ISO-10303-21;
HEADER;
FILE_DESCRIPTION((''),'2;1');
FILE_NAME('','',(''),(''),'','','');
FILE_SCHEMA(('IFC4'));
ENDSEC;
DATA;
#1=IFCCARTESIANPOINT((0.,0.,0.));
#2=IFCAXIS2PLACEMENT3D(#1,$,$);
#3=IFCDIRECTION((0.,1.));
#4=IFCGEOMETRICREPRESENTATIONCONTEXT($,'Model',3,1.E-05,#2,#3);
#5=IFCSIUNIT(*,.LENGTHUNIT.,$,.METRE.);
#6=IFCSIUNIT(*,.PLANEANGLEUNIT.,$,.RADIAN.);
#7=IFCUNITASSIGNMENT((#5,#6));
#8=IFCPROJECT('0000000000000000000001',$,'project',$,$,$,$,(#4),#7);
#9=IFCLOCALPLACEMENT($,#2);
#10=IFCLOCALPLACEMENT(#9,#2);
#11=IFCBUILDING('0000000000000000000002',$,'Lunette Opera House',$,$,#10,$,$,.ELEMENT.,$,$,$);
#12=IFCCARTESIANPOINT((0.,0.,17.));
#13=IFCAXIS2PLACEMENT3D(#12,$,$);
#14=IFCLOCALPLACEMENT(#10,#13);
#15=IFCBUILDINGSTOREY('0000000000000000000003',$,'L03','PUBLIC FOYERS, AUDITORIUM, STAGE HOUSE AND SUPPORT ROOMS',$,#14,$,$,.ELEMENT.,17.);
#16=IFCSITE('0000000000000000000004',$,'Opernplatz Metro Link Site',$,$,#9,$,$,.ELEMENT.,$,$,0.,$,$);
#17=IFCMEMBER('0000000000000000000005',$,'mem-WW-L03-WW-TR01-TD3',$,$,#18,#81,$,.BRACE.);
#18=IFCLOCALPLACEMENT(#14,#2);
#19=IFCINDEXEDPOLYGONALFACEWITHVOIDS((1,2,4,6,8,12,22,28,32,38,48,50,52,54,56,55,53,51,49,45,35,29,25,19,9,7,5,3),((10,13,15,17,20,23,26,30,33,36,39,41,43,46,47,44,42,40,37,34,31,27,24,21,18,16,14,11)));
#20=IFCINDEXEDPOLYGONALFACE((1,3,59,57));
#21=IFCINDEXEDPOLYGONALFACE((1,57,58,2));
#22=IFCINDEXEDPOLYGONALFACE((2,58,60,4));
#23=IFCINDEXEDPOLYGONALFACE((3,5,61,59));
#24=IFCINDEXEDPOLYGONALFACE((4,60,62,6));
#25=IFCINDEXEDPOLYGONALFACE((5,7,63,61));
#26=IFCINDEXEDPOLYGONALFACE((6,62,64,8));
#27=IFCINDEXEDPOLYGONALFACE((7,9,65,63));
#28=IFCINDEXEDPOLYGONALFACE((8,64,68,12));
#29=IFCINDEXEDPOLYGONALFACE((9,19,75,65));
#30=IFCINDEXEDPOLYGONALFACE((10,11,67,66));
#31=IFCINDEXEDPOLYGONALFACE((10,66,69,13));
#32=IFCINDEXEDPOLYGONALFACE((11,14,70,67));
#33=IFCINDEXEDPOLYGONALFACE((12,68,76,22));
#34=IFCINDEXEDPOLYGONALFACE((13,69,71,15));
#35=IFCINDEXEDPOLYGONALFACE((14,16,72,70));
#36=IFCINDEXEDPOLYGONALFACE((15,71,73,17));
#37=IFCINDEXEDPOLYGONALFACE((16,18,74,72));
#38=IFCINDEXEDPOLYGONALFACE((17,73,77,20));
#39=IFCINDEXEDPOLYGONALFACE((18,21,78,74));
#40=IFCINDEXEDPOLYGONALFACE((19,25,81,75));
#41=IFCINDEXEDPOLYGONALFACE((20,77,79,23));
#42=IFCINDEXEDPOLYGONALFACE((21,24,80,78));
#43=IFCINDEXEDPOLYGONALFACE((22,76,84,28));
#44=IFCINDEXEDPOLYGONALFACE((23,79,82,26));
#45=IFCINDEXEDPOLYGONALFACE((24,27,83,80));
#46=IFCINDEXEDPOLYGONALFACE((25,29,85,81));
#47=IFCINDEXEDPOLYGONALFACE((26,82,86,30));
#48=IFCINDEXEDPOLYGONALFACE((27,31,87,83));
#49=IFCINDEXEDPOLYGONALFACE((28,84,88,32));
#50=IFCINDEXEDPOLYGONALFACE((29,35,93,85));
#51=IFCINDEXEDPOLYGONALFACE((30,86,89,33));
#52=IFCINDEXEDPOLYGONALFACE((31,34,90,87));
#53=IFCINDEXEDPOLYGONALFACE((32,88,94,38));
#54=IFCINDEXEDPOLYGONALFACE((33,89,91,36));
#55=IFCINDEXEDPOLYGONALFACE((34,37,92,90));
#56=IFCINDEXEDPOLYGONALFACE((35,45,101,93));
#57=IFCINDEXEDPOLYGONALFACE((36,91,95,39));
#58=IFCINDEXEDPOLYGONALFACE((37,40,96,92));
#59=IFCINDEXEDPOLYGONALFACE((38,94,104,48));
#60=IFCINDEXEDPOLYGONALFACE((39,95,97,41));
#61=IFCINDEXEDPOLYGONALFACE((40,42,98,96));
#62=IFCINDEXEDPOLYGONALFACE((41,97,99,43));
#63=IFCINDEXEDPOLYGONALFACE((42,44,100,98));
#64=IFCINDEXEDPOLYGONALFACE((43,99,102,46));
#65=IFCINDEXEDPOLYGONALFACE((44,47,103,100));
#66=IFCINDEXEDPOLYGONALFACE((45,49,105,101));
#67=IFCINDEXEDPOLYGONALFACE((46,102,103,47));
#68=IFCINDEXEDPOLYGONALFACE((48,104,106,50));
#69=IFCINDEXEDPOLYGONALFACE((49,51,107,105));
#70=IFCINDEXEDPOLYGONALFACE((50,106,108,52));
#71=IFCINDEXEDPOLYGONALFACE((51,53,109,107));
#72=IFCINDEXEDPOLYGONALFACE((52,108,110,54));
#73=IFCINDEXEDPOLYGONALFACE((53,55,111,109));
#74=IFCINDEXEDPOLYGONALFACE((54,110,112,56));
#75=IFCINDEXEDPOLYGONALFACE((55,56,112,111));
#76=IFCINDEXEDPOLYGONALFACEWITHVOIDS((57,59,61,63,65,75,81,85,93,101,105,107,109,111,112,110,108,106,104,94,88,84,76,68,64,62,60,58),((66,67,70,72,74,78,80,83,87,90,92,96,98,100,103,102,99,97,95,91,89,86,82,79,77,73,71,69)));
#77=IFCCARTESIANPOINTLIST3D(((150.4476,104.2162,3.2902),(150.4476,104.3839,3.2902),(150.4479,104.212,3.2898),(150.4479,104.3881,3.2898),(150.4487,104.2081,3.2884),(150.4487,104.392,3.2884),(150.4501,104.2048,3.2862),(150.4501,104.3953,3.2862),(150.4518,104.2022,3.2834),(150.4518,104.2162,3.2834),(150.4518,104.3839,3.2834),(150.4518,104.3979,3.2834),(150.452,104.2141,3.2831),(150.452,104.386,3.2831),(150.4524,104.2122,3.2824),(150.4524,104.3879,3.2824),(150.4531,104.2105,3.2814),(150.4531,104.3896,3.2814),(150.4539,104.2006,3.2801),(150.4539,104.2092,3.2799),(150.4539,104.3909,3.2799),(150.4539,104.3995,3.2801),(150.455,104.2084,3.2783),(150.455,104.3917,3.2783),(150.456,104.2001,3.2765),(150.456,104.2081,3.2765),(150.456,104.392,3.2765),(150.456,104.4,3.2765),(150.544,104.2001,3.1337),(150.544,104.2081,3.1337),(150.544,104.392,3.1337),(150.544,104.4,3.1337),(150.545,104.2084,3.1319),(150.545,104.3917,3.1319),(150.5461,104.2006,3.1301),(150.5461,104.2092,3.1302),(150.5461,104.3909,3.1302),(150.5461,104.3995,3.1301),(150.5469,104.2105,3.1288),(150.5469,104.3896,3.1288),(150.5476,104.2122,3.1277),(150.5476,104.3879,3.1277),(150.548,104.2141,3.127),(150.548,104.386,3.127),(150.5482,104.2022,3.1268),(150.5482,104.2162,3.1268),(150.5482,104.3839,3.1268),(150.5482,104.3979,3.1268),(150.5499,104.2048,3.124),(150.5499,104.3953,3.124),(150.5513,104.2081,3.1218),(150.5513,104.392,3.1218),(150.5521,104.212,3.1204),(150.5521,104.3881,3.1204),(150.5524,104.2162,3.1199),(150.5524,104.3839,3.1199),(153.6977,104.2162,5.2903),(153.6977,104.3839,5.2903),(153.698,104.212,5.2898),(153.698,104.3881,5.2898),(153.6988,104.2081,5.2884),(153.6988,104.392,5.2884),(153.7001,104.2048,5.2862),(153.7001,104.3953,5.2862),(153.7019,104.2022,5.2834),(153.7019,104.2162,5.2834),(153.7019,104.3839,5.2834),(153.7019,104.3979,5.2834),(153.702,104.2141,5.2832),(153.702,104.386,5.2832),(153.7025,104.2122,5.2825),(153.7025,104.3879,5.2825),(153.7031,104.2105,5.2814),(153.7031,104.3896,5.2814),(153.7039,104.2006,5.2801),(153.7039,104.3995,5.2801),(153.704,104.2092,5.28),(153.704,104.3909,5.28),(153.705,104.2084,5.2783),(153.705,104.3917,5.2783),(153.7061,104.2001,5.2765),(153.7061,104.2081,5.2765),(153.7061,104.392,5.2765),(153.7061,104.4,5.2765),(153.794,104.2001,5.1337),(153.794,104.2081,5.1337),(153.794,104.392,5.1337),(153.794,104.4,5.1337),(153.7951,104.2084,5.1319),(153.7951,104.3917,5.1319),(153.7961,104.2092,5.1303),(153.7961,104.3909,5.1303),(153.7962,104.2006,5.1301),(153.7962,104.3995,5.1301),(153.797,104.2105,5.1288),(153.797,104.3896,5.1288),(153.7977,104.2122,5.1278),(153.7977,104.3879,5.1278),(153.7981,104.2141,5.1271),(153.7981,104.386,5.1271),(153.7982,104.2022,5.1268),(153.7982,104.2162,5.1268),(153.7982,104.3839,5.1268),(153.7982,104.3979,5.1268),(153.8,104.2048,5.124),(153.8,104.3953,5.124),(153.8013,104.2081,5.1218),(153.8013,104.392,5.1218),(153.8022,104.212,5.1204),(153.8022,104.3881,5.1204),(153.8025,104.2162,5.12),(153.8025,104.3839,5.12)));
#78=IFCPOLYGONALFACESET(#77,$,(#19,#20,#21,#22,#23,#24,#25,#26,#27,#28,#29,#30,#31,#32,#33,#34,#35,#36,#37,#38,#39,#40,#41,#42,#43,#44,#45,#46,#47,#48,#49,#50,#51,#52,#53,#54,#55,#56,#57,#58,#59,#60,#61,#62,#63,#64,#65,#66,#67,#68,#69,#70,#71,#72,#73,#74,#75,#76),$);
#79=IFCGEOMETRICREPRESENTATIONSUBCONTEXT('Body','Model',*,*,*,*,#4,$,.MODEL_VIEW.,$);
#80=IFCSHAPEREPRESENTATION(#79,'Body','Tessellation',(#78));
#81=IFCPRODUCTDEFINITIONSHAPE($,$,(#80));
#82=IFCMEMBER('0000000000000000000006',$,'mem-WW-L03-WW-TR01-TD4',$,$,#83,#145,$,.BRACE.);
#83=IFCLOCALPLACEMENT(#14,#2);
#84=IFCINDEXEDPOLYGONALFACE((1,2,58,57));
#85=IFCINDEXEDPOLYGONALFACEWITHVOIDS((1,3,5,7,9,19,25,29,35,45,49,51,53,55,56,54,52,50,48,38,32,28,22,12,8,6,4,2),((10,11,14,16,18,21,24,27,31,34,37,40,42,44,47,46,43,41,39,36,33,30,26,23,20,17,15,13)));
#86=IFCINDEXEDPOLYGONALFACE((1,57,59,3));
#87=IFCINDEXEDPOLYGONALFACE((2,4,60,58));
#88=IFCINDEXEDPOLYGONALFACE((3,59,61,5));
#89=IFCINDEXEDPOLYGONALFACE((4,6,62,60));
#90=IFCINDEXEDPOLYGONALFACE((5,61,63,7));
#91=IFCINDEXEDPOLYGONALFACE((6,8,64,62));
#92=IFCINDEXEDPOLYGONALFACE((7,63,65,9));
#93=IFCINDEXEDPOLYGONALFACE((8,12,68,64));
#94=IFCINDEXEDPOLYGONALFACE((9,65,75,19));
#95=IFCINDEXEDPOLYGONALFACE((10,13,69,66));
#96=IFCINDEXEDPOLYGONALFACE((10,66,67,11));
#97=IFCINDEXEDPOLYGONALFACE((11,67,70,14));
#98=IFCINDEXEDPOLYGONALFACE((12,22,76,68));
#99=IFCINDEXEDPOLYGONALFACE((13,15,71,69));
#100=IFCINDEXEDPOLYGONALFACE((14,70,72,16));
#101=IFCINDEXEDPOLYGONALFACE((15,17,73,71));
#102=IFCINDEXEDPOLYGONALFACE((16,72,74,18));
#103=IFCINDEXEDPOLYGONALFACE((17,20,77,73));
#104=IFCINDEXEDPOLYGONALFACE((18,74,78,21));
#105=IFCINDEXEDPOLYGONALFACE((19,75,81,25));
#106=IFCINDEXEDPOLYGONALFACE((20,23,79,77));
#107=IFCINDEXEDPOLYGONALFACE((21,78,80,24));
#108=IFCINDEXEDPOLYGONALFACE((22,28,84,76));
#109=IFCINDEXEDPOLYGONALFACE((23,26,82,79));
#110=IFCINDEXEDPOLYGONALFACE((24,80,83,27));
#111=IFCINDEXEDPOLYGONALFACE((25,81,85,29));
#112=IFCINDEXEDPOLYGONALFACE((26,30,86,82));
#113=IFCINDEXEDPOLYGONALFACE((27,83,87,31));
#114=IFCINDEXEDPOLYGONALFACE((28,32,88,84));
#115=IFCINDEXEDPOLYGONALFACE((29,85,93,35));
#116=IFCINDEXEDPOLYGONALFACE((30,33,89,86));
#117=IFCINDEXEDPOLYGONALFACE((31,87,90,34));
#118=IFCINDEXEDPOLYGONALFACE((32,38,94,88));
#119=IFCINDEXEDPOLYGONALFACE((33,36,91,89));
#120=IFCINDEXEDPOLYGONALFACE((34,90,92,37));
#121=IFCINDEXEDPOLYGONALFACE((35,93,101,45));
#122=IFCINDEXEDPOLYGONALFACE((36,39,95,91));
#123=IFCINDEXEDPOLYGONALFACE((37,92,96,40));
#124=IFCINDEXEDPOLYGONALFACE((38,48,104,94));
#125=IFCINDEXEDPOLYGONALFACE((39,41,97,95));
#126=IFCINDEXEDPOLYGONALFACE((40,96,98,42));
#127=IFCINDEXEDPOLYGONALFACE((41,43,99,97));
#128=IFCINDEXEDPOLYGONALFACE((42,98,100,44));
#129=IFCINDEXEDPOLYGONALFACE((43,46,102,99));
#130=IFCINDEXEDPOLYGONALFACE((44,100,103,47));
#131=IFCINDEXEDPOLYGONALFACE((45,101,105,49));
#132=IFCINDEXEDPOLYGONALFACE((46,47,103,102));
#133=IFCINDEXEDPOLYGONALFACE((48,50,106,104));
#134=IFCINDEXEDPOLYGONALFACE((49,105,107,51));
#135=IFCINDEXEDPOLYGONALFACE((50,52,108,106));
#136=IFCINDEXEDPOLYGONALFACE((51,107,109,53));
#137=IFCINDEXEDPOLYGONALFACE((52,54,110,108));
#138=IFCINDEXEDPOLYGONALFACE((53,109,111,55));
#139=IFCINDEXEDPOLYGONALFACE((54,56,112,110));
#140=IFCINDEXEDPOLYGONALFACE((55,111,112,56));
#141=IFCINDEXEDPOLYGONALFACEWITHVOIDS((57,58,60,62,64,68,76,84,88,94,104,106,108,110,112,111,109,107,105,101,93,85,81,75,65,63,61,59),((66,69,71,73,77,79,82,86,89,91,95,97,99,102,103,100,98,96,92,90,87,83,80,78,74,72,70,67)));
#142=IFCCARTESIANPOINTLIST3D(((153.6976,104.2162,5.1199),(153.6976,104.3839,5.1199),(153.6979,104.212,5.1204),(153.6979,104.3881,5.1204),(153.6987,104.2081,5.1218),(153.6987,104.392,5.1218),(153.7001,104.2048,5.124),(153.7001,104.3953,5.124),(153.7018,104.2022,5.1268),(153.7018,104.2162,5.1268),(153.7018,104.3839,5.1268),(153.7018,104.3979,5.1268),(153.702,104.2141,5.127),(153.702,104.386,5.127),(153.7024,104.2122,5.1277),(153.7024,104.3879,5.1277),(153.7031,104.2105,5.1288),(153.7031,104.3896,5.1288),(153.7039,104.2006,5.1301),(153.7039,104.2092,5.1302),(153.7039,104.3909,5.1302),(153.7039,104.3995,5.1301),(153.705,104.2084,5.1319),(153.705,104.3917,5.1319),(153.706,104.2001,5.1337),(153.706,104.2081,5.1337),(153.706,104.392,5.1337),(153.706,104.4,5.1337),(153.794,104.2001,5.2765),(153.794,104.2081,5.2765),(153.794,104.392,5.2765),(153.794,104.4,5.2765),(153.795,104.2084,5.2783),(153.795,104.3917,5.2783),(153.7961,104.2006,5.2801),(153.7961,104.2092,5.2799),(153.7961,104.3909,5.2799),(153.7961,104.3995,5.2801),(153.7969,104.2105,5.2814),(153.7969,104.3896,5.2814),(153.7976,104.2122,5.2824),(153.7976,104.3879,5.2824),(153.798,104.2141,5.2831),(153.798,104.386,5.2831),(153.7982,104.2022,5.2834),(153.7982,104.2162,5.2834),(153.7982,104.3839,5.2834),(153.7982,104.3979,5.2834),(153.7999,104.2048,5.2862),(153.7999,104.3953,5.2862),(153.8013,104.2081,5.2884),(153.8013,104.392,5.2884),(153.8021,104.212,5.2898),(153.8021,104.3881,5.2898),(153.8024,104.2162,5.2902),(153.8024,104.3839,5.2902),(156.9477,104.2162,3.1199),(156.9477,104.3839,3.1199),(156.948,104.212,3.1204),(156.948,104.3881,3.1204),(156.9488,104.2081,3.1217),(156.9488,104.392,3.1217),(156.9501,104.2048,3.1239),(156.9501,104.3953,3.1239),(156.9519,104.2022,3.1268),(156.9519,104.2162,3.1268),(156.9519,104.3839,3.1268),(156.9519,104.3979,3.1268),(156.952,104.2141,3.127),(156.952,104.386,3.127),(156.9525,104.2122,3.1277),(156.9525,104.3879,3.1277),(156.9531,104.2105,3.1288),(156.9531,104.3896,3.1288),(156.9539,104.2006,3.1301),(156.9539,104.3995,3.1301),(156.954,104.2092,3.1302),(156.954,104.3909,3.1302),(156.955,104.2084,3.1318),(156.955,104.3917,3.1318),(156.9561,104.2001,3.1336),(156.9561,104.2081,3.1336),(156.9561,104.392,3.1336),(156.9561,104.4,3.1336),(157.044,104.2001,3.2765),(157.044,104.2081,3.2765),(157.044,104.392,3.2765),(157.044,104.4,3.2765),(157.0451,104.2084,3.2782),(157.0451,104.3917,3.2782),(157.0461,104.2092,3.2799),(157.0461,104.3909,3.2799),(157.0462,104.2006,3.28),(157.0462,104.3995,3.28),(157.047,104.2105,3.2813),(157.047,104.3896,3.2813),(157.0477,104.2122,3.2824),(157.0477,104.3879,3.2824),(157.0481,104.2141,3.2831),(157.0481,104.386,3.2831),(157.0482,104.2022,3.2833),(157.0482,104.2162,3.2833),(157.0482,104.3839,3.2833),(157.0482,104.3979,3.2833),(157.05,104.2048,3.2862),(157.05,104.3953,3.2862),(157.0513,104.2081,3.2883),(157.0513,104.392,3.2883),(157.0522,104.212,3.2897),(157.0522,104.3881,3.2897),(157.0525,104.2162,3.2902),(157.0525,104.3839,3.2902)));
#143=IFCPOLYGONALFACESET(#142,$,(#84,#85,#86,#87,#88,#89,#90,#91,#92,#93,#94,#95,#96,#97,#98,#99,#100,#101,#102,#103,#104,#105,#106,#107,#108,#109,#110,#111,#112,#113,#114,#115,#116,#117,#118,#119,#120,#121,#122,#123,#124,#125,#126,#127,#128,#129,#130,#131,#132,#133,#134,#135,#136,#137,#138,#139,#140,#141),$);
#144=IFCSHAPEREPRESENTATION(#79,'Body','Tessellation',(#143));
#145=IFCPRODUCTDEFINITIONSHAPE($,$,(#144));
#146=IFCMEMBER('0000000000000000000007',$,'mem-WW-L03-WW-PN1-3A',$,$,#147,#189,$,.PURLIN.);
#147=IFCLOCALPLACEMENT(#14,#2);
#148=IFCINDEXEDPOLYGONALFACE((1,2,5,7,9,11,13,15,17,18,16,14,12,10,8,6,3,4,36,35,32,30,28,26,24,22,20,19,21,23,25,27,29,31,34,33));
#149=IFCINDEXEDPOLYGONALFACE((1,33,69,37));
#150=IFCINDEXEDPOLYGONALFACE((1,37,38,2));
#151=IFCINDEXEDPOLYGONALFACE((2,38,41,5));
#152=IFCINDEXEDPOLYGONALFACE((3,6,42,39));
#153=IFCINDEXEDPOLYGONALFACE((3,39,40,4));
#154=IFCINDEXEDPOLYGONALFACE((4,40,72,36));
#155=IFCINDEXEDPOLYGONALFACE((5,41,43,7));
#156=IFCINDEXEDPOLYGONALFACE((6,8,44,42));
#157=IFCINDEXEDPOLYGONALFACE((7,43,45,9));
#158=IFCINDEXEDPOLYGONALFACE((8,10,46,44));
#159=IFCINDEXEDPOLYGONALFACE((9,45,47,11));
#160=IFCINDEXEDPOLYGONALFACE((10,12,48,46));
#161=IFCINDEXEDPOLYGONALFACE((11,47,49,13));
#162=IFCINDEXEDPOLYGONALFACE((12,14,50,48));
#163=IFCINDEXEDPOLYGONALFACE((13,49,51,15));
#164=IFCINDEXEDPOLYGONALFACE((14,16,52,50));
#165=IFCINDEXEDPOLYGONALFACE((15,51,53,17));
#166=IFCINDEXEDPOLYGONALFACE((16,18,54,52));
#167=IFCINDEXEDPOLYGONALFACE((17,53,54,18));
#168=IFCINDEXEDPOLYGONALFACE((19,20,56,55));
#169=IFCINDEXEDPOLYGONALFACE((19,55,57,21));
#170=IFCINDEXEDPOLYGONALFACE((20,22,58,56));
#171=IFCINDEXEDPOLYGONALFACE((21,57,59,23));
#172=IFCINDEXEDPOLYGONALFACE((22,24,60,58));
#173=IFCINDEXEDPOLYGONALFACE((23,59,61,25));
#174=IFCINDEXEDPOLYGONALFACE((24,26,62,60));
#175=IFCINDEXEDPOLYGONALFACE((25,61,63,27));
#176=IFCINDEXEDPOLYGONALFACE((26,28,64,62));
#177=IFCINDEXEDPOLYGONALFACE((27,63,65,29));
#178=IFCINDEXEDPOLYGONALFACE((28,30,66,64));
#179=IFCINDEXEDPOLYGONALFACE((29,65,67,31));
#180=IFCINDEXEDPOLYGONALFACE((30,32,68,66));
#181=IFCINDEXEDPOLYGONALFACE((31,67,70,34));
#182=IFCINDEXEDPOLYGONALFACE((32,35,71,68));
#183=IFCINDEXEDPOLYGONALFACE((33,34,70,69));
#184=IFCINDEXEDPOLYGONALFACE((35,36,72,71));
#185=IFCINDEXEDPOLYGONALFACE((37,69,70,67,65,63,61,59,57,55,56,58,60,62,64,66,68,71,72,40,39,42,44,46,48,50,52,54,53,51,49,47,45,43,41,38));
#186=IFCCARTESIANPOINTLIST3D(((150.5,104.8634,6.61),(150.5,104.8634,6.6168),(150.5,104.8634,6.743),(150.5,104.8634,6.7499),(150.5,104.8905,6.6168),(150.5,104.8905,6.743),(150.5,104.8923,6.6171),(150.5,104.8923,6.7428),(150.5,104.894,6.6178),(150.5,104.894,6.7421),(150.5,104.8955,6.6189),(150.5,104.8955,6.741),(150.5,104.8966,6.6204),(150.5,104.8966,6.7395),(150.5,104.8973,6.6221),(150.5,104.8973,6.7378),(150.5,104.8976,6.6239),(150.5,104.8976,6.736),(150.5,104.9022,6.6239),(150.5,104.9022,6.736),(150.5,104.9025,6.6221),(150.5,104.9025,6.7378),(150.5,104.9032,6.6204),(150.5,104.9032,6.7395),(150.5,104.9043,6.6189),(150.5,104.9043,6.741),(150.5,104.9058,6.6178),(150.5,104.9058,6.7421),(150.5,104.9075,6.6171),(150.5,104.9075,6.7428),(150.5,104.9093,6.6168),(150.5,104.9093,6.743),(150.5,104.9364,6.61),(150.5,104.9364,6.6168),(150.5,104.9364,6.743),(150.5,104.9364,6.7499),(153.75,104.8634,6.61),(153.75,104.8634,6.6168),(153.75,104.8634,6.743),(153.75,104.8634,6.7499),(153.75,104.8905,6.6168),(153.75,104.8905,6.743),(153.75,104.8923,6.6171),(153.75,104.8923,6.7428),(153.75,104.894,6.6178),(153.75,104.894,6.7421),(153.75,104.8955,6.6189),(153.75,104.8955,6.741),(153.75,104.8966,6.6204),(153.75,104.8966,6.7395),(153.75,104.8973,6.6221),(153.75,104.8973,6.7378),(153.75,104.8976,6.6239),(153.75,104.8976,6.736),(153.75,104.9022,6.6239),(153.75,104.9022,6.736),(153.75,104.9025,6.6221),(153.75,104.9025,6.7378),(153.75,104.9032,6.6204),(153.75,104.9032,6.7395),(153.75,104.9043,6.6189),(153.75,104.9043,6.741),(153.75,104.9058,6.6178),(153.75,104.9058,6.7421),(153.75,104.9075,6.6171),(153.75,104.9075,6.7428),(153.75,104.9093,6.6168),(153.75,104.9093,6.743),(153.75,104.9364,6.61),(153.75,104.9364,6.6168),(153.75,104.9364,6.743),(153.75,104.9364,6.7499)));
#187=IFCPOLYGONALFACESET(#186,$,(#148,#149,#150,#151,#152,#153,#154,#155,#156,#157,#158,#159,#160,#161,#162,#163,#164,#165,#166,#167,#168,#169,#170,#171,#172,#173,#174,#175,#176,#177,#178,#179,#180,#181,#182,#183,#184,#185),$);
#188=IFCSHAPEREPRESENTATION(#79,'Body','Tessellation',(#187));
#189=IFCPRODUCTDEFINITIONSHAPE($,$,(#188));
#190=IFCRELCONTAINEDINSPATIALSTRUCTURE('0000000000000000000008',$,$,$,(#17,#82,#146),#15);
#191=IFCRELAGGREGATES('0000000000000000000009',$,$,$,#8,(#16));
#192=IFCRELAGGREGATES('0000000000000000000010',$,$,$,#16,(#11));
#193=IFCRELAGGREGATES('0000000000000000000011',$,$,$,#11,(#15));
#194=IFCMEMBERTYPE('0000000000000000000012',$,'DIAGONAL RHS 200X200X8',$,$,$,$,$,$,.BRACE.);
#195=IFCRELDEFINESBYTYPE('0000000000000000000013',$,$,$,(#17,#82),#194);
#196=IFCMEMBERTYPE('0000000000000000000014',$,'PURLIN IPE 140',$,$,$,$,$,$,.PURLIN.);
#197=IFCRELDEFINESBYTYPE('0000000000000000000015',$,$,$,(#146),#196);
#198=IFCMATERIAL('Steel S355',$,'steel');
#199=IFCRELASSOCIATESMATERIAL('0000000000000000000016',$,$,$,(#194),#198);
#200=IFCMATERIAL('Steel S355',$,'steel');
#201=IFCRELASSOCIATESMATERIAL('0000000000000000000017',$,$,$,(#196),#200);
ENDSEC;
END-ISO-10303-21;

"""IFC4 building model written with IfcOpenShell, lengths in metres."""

from ifc_helpers import new_model, si_unit, direction, frame, origin, origin_2d, place, context, subcontext, project, spatial, hollow_rectangle, i_section, extrude, material, material_profile, profile_set, type_object, element, save


model = new_model("IFC4")

# Units and contexts
model_context = context("Model", 3, precision=1e-05, world=origin(), true_north=direction((0.0, 1.0)))
body_context = subcontext(model_context, "Body", "Model", "MODEL_VIEW")
ifc_project = project(units=[si_unit("LENGTHUNIT", "METRE"), si_unit("PLANEANGLEUNIT", "RADIAN")], contexts=[model_context])

# Site, building, storey
site_placement = place(None, origin())
site = spatial("IfcSite", under=ifc_project, at=site_placement, Name="Opernplatz Metro Link Site", CompositionType="ELEMENT", RefElevation=0.0)
building_placement = place(site_placement, origin())
building = spatial("IfcBuilding", under=site, at=building_placement, Name="Lunette Opera House", CompositionType="ELEMENT")
storey_placement = place(building_placement, frame((0.0, 0.0, 17.0)))
storey = spatial("IfcBuildingStorey", under=building, at=storey_placement, Name="L03", Description="PUBLIC FOYERS, AUDITORIUM, STAGE HOUSE AND SUPPORT ROOMS", CompositionType="ELEMENT", Elevation=17.0)

# Members
ifc_material_1 = material(Name="Steel S355", Category="steel")
ifc_material_profile_1 = material_profile(ifc_material_1, hollow_rectangle(XDim=0.2, YDim=0.2, WallThickness=0.0081, InnerFilletRadius=0.0081, OuterFilletRadius=0.0161, at=origin_2d()), Name="RHS 200X200X8")
ifc_profile_set_1 = profile_set([ifc_material_profile_1], Name="Steel S355")
member_type_1 = type_object("IfcMemberType", Name="DIAGONAL RHS 200X200X8", PredefinedType="BRACE", material=ifc_profile_set_1)
for number, where, z_axis, x_axis, name in (
    (1, (150.5, 104.3, 3.2051), (0.851658, 0.0, 0.524097), (0.0, 1.0, 0.0), "mem-WW-L03-WW-TR01-TD3"),
    (2, (153.75, 104.3, 5.2051), (0.851658, 0.0, -0.524097), (0.0, 1.0, 0.0), "mem-WW-L03-WW-TR01-TD4"),
):
    element("IfcMember", number, at=place(storey_placement, frame(where, z_axis=z_axis, x_axis=x_axis)), inside=storey, type_object=member_type_1, Name=name, PredefinedType="BRACE", context=body_context, shape_type="SweptSolid", body=[
        extrude(hollow_rectangle(XDim=0.2, YDim=0.2, WallThickness=0.0081, InnerFilletRadius=0.0081, OuterFilletRadius=0.0161, at=origin_2d()), origin(), (0.0, 0.0, 1.0), 3.8162),
    ])
ifc_material_2 = material(Name="Steel S355", Category="steel")
ifc_material_profile_2 = material_profile(ifc_material_2, i_section(OverallWidth=0.073, OverallDepth=0.1399, WebThickness=0.0046, FlangeThickness=0.0068, FilletRadius=0.0071, at=origin_2d()), Name="IPE 140")
ifc_profile_set_2 = profile_set([ifc_material_profile_2], Name="Steel S355")
member_type_2 = type_object("IfcMemberType", Name="PURLIN IPE 140", PredefinedType="PURLIN", material=ifc_profile_set_2)
for number, where, z_axis, x_axis, name in (
    (3, (150.5, 104.8999, 6.6799), (1.0, 0.0, 0.0), (0.0, 1.0, 0.0), "mem-WW-L03-WW-PN1-3A"),
):
    element("IfcMember", number, at=place(storey_placement, frame(where, z_axis=z_axis, x_axis=x_axis)), inside=storey, type_object=member_type_2, Name=name, PredefinedType="PURLIN", context=body_context, shape_type="SweptSolid", body=[
        extrude(i_section(OverallWidth=0.073, OverallDepth=0.1399, WebThickness=0.0046, FlangeThickness=0.0068, FilletRadius=0.0071, at=origin_2d()), origin(), (0.0, 0.0, 1.0), 3.25),
    ])

save(model, "model.ifc")
